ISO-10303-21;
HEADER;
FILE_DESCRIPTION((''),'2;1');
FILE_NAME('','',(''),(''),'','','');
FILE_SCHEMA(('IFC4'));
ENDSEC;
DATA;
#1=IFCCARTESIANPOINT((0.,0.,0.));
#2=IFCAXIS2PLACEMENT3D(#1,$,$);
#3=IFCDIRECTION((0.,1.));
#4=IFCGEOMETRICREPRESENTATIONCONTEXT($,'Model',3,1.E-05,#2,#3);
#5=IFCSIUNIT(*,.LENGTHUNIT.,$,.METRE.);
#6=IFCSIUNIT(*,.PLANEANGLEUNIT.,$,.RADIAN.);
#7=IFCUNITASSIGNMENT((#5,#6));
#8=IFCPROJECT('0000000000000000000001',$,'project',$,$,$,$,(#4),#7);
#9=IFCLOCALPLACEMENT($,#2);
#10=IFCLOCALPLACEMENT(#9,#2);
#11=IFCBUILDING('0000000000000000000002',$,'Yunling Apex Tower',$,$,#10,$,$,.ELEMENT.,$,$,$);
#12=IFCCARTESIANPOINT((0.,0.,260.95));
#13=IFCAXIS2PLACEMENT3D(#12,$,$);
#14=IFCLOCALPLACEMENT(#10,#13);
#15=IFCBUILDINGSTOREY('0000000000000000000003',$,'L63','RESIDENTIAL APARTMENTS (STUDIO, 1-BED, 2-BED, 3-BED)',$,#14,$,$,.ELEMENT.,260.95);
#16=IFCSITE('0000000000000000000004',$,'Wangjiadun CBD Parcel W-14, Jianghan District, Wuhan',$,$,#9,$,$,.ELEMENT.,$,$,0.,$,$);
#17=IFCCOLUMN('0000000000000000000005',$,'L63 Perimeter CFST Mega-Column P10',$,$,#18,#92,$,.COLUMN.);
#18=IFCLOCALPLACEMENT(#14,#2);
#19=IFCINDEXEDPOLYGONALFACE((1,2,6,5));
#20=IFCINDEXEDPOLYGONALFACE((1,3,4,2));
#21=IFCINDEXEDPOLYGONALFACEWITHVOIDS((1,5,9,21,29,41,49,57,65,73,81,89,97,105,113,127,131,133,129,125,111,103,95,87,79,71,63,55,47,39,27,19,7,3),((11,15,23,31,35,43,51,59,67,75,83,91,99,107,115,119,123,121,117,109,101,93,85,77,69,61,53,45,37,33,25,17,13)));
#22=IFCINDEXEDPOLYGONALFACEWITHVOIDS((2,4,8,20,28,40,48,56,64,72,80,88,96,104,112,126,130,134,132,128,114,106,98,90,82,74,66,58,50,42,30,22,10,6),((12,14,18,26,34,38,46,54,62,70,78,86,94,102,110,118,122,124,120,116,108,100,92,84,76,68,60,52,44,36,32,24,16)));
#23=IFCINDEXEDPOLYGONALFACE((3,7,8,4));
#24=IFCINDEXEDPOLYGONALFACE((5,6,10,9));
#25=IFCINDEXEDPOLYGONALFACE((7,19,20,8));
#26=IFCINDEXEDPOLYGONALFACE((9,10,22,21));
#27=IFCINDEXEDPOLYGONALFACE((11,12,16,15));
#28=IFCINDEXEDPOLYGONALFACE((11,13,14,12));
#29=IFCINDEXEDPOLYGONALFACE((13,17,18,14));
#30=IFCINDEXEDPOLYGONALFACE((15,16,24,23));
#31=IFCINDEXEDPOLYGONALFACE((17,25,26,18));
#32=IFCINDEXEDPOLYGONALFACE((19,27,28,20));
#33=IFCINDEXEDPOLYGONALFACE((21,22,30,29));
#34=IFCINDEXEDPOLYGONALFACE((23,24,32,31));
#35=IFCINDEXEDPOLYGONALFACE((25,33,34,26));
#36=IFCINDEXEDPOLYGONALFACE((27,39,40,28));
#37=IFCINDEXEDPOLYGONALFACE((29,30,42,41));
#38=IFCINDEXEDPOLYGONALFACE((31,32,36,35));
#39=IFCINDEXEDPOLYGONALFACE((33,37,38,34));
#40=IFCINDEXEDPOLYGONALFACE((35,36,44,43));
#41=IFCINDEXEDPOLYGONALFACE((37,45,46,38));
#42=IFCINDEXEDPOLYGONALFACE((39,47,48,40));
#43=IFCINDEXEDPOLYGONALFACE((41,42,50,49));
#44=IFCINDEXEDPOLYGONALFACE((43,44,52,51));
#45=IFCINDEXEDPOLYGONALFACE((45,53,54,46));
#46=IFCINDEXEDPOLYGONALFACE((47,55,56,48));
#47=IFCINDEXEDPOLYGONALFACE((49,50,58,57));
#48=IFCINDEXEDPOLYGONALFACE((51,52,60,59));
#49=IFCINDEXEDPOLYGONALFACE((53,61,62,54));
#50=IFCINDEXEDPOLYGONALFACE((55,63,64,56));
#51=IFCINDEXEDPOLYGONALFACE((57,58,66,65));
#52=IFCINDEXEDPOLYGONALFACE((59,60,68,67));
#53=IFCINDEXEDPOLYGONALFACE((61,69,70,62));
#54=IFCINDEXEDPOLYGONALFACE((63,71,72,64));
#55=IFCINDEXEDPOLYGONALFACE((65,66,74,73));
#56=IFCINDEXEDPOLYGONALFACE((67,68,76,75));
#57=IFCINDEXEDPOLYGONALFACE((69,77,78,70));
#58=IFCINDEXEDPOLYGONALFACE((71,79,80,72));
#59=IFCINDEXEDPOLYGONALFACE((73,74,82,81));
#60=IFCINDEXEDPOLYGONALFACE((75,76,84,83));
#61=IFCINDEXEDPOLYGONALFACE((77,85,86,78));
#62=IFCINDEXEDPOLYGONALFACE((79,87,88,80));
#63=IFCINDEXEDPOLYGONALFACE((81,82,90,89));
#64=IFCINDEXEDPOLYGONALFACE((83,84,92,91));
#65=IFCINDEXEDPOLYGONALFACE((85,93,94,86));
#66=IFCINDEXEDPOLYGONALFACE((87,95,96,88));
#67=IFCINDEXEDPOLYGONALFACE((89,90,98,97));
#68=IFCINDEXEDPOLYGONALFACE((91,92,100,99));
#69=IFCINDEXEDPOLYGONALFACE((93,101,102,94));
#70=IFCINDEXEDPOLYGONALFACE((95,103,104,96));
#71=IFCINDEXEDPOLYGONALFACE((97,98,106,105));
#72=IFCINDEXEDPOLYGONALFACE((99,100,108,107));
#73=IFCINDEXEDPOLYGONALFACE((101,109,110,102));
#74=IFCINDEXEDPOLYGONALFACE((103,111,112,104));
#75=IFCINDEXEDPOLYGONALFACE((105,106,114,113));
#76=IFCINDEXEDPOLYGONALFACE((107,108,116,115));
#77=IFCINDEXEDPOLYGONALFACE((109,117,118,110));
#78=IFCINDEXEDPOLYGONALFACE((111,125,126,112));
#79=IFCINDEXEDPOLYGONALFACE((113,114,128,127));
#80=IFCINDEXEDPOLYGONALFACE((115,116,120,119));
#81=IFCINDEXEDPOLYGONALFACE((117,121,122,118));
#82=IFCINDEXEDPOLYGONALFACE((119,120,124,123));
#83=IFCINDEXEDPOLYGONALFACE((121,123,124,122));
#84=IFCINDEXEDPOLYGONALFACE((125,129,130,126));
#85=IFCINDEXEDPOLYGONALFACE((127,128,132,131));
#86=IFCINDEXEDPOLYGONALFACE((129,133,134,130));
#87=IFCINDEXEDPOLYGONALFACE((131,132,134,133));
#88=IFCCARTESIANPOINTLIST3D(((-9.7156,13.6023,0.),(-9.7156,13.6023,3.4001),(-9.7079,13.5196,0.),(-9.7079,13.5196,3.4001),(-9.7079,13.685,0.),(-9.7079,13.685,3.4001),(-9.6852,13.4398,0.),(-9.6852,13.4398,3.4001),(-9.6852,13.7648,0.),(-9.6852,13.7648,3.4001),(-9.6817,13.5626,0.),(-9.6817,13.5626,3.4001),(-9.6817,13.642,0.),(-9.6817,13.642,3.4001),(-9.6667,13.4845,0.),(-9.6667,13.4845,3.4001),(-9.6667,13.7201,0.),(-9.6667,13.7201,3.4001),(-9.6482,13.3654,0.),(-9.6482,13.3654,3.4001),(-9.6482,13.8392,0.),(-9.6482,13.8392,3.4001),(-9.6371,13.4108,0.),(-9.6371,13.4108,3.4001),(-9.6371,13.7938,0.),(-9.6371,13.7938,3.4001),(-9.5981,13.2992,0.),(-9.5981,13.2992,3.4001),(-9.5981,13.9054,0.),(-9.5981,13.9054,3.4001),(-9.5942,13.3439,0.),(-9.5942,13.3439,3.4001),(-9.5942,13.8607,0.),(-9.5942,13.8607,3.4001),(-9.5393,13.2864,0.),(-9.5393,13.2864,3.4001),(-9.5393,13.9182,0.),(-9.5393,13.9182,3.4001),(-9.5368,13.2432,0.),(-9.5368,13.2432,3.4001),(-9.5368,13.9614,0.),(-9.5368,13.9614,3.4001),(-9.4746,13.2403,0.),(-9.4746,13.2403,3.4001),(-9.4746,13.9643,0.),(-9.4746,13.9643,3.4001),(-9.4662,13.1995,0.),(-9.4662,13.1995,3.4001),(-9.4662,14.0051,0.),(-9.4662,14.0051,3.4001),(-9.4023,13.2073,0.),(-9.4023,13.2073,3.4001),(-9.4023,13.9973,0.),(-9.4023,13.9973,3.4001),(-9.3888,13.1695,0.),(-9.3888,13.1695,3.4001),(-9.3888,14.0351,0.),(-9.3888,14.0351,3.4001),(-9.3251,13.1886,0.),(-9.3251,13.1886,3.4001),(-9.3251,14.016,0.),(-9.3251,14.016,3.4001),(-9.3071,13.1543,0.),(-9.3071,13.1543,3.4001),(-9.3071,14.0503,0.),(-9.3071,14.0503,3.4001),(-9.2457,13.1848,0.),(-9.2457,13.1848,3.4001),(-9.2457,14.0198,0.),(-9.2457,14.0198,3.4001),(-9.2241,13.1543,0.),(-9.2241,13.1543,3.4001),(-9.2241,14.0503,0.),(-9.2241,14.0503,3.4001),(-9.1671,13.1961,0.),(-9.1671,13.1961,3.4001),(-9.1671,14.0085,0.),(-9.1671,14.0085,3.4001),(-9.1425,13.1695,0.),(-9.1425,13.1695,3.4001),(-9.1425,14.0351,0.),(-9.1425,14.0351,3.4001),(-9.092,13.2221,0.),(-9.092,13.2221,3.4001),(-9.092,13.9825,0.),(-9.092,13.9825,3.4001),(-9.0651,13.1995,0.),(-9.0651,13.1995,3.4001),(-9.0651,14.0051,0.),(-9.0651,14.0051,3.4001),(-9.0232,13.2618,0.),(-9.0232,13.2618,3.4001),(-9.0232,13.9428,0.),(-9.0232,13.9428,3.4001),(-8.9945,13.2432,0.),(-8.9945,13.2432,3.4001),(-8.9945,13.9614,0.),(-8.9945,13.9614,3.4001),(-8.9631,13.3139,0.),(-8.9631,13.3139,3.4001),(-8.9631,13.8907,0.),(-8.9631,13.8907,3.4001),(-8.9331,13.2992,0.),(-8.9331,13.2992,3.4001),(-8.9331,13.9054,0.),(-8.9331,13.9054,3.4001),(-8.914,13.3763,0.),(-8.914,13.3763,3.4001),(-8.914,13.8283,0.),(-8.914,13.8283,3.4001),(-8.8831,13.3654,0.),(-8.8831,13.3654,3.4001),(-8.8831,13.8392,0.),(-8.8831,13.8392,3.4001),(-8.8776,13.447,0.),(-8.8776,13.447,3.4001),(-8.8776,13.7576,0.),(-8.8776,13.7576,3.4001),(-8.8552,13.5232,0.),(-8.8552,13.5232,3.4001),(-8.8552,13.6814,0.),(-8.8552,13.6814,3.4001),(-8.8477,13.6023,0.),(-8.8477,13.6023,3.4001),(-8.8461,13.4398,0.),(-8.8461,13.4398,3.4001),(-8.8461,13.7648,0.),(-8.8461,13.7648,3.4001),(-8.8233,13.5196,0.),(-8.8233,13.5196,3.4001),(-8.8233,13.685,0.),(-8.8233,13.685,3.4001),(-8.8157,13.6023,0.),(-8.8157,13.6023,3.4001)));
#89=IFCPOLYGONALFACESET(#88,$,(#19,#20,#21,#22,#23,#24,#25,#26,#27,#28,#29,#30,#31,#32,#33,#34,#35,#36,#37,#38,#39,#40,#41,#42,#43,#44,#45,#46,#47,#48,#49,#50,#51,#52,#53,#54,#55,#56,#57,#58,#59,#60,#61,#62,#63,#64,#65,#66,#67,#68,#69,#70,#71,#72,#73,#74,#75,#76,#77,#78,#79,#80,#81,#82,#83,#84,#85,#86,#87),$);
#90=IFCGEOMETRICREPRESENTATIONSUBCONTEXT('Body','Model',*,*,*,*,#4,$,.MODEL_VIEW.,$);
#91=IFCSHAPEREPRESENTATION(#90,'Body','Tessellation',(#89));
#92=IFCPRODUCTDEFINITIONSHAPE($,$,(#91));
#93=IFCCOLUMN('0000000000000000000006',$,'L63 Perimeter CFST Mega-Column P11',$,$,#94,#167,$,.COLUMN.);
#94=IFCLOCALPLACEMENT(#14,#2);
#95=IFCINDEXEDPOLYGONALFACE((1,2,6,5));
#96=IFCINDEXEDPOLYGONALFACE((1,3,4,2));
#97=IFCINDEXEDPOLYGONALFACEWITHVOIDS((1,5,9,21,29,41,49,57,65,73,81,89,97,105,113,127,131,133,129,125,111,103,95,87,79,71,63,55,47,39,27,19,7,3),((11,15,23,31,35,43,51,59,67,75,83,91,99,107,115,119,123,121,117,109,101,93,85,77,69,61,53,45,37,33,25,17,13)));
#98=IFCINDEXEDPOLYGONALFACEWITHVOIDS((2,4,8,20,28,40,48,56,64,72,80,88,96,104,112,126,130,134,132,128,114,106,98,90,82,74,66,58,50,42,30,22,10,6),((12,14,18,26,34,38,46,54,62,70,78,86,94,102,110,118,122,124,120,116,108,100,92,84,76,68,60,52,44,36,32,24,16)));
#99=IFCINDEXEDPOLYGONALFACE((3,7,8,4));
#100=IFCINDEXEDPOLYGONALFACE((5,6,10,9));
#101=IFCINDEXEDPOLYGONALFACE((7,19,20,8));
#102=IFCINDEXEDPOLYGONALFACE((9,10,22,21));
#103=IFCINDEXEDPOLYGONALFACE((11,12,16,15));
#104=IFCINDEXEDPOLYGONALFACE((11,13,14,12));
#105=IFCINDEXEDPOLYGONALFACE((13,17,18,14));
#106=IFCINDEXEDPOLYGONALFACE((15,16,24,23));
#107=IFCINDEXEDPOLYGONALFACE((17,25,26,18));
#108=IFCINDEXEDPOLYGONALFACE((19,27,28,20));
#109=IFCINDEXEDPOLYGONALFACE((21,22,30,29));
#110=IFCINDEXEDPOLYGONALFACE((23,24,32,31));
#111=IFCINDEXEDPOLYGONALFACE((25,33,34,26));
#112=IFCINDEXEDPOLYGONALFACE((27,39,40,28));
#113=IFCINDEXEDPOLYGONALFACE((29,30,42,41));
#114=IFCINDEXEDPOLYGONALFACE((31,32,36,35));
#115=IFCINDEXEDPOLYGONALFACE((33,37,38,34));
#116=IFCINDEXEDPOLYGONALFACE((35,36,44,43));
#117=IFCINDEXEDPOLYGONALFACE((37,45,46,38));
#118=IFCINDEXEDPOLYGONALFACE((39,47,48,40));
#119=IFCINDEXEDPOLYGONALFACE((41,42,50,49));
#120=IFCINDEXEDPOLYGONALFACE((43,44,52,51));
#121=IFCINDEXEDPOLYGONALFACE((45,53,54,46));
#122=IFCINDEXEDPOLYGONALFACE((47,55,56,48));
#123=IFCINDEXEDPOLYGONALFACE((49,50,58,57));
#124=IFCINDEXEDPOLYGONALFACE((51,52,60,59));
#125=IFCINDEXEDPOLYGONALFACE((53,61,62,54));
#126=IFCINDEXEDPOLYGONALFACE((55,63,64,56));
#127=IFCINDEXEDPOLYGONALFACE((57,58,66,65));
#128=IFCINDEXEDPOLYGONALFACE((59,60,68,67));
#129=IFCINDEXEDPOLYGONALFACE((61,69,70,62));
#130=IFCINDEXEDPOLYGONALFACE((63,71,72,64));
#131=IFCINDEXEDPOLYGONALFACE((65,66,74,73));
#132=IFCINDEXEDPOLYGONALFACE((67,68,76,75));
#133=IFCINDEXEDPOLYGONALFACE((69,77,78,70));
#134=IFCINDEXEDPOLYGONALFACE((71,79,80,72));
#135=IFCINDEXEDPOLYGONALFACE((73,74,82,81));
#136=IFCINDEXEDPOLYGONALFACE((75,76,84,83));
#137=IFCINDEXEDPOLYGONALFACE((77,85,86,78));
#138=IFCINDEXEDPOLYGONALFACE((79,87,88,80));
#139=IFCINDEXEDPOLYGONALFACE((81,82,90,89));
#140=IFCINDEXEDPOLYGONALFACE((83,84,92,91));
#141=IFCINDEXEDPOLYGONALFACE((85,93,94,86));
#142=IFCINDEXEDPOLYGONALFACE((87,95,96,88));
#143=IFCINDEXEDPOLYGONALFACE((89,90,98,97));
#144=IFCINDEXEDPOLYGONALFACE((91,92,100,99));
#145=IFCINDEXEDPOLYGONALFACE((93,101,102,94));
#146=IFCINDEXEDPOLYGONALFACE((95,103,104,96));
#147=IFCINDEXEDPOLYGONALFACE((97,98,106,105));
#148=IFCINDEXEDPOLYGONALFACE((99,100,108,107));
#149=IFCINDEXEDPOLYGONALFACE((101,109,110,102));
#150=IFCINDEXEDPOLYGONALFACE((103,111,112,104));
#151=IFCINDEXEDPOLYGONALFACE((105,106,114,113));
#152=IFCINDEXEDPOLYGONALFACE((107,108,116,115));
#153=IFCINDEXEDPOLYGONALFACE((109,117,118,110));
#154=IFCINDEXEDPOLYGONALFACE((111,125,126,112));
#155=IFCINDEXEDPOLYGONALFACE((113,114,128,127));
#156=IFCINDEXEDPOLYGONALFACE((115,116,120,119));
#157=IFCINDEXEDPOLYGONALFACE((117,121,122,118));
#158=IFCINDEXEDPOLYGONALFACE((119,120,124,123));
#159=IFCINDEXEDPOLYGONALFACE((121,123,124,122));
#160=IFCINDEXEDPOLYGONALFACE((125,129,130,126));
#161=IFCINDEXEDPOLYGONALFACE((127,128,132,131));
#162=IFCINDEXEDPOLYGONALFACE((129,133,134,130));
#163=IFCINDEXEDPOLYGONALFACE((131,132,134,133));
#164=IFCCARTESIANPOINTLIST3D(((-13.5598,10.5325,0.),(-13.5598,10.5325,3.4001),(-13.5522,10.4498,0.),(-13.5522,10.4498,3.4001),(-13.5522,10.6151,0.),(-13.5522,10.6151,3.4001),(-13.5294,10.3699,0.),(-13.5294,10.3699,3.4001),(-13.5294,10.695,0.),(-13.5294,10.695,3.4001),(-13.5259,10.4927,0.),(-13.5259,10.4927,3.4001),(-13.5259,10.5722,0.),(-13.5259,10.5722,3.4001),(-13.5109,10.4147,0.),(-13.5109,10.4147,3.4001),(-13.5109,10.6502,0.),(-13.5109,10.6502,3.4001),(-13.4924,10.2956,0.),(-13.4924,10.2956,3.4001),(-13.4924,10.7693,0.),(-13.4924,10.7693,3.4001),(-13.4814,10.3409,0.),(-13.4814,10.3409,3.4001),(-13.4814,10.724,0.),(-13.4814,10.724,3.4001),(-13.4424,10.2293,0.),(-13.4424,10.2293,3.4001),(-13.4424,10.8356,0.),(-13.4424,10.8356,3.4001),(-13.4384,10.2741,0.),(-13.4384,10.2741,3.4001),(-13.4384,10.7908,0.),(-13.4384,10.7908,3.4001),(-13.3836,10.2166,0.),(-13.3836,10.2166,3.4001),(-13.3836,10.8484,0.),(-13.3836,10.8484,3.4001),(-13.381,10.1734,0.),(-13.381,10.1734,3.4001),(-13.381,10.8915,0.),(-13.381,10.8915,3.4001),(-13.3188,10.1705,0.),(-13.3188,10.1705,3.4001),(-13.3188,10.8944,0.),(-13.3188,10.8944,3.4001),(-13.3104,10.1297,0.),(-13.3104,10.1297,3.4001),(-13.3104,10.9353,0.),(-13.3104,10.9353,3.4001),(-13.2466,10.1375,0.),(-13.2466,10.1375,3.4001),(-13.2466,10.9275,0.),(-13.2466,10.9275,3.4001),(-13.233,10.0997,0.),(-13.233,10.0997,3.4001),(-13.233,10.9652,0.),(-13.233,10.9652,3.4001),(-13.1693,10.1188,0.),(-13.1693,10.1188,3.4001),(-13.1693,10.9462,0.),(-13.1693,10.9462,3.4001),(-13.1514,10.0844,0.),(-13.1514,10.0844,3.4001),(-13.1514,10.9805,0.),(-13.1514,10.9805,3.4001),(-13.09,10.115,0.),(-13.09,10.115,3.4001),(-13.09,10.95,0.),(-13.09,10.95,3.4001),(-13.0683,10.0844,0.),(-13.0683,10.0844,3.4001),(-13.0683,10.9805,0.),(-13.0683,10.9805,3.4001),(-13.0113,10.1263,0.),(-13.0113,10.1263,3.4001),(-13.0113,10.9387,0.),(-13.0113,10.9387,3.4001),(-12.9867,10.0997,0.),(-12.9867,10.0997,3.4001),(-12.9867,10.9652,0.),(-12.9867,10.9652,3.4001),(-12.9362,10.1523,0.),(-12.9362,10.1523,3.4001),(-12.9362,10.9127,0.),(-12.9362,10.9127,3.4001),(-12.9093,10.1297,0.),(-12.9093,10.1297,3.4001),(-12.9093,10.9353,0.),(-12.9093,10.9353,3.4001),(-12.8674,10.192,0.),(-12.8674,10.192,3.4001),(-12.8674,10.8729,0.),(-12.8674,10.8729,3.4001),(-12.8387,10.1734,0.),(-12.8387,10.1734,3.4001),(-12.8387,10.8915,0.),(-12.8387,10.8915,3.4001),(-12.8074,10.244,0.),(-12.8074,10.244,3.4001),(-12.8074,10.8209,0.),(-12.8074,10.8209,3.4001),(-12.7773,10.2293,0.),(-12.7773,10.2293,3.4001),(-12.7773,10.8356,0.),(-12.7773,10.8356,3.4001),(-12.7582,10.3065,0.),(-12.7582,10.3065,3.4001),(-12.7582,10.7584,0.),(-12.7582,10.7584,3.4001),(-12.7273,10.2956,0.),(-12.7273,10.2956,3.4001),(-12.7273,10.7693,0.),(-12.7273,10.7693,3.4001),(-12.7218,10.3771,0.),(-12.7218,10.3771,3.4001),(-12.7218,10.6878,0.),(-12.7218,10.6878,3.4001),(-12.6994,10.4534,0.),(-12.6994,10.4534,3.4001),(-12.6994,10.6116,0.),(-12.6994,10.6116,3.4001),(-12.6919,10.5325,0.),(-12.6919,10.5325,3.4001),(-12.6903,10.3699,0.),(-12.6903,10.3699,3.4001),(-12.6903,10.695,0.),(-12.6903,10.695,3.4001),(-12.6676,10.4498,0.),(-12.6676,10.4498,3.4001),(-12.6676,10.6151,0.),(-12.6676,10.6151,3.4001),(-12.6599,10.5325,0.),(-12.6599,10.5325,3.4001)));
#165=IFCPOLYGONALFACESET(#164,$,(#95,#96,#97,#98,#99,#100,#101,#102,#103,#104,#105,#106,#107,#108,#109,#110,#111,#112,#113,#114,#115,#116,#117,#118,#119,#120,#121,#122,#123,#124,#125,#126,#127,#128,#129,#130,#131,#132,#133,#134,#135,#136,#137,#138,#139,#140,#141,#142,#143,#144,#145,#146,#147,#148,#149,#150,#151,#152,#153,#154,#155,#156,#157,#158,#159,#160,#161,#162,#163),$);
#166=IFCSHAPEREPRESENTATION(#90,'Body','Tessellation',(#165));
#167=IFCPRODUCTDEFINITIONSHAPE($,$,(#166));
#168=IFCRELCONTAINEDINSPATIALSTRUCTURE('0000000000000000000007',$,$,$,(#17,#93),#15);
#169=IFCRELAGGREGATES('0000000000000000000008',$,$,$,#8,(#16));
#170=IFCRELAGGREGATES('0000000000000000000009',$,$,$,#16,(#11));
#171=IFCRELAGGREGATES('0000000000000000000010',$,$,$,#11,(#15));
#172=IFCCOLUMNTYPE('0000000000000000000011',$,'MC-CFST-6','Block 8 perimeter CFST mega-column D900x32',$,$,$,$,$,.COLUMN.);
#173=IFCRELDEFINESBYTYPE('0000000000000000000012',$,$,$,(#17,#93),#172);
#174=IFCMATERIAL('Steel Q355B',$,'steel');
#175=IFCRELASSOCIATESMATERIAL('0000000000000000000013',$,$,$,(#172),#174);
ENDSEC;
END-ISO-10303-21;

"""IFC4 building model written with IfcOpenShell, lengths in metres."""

from ifc_helpers import new_model, si_unit, direction, frame, origin, origin_2d, place, context, subcontext, project, spatial, hollow_circle, extrude, source, transform, mapped, material, material_profile, profile_set, type_object, element, save


model = new_model("IFC4")

# Units and contexts
model_context = context("Model", 3, precision=1e-05, world=origin(), true_north=direction((0.0, 1.0)))
body_context = subcontext(model_context, "Body", "Model", "MODEL_VIEW")
ifc_project = project(units=[si_unit("LENGTHUNIT", "METRE"), si_unit("PLANEANGLEUNIT", "RADIAN")], contexts=[model_context])

# Site, building, storey
site_placement = place(None, origin())
site = spatial("IfcSite", under=ifc_project, at=site_placement, Name="Wangjiadun CBD Parcel W-14, Jianghan District, Wuhan", CompositionType="ELEMENT", RefElevation=0.0)
building_placement = place(site_placement, origin())
building = spatial("IfcBuilding", under=site, at=building_placement, Name="Yunling Apex Tower", CompositionType="ELEMENT")
storey_placement = place(building_placement, frame((0.0, 0.0, 260.95)))
storey = spatial("IfcBuildingStorey", under=building, at=storey_placement, Name="L63", Description="RESIDENTIAL APARTMENTS (STUDIO, 1-BED, 2-BED, 3-BED)", CompositionType="ELEMENT", Elevation=260.95)

# Columns
ifc_material_1 = material(Name="Steel Q355B", Category="steel")
ifc_material_profile_1 = material_profile(ifc_material_1, hollow_circle(Radius=0.45, WallThickness=0.032, at=origin_2d()))
ifc_profile_set_1 = profile_set([ifc_material_profile_1], Name="Steel Q355B")
column_type = type_object("IfcColumnType", Name="MC-CFST-6", Description="Block 8 perimeter CFST mega-column D900x32", PredefinedType="COLUMN", material=ifc_profile_set_1)
shared_shape_1 = source(origin(), body_context, "Body", "SweptSolid", [
    extrude(hollow_circle(Radius=0.45, WallThickness=0.032, at=origin_2d()), origin(), (0.0, 0.0, 1.0), 3.4001),
])
for number, where, z_axis, x_axis, name in (
    (1, (-9.2656, 13.6023, 0.0), (0.0, 0.0, 1.0), (1.0, 0.0, 0.0), "L63 Perimeter CFST Mega-Column P10"),
    (2, (-13.1099, 10.5325, 0.0), (0.0, 0.0, 1.0), (1.0, 0.0, 0.0), "L63 Perimeter CFST Mega-Column P11"),
):
    element("IfcColumn", number, at=place(storey_placement, frame(where, z_axis=z_axis, x_axis=x_axis)), inside=storey, type_object=column_type, Name=name, PredefinedType="COLUMN", context=body_context, shape_type="MappedRepresentation", body=[
        mapped(shared_shape_1, transform((0.0, 0.0, 0.0), scale=1.0)),
    ])

save(model, "model.ifc")
